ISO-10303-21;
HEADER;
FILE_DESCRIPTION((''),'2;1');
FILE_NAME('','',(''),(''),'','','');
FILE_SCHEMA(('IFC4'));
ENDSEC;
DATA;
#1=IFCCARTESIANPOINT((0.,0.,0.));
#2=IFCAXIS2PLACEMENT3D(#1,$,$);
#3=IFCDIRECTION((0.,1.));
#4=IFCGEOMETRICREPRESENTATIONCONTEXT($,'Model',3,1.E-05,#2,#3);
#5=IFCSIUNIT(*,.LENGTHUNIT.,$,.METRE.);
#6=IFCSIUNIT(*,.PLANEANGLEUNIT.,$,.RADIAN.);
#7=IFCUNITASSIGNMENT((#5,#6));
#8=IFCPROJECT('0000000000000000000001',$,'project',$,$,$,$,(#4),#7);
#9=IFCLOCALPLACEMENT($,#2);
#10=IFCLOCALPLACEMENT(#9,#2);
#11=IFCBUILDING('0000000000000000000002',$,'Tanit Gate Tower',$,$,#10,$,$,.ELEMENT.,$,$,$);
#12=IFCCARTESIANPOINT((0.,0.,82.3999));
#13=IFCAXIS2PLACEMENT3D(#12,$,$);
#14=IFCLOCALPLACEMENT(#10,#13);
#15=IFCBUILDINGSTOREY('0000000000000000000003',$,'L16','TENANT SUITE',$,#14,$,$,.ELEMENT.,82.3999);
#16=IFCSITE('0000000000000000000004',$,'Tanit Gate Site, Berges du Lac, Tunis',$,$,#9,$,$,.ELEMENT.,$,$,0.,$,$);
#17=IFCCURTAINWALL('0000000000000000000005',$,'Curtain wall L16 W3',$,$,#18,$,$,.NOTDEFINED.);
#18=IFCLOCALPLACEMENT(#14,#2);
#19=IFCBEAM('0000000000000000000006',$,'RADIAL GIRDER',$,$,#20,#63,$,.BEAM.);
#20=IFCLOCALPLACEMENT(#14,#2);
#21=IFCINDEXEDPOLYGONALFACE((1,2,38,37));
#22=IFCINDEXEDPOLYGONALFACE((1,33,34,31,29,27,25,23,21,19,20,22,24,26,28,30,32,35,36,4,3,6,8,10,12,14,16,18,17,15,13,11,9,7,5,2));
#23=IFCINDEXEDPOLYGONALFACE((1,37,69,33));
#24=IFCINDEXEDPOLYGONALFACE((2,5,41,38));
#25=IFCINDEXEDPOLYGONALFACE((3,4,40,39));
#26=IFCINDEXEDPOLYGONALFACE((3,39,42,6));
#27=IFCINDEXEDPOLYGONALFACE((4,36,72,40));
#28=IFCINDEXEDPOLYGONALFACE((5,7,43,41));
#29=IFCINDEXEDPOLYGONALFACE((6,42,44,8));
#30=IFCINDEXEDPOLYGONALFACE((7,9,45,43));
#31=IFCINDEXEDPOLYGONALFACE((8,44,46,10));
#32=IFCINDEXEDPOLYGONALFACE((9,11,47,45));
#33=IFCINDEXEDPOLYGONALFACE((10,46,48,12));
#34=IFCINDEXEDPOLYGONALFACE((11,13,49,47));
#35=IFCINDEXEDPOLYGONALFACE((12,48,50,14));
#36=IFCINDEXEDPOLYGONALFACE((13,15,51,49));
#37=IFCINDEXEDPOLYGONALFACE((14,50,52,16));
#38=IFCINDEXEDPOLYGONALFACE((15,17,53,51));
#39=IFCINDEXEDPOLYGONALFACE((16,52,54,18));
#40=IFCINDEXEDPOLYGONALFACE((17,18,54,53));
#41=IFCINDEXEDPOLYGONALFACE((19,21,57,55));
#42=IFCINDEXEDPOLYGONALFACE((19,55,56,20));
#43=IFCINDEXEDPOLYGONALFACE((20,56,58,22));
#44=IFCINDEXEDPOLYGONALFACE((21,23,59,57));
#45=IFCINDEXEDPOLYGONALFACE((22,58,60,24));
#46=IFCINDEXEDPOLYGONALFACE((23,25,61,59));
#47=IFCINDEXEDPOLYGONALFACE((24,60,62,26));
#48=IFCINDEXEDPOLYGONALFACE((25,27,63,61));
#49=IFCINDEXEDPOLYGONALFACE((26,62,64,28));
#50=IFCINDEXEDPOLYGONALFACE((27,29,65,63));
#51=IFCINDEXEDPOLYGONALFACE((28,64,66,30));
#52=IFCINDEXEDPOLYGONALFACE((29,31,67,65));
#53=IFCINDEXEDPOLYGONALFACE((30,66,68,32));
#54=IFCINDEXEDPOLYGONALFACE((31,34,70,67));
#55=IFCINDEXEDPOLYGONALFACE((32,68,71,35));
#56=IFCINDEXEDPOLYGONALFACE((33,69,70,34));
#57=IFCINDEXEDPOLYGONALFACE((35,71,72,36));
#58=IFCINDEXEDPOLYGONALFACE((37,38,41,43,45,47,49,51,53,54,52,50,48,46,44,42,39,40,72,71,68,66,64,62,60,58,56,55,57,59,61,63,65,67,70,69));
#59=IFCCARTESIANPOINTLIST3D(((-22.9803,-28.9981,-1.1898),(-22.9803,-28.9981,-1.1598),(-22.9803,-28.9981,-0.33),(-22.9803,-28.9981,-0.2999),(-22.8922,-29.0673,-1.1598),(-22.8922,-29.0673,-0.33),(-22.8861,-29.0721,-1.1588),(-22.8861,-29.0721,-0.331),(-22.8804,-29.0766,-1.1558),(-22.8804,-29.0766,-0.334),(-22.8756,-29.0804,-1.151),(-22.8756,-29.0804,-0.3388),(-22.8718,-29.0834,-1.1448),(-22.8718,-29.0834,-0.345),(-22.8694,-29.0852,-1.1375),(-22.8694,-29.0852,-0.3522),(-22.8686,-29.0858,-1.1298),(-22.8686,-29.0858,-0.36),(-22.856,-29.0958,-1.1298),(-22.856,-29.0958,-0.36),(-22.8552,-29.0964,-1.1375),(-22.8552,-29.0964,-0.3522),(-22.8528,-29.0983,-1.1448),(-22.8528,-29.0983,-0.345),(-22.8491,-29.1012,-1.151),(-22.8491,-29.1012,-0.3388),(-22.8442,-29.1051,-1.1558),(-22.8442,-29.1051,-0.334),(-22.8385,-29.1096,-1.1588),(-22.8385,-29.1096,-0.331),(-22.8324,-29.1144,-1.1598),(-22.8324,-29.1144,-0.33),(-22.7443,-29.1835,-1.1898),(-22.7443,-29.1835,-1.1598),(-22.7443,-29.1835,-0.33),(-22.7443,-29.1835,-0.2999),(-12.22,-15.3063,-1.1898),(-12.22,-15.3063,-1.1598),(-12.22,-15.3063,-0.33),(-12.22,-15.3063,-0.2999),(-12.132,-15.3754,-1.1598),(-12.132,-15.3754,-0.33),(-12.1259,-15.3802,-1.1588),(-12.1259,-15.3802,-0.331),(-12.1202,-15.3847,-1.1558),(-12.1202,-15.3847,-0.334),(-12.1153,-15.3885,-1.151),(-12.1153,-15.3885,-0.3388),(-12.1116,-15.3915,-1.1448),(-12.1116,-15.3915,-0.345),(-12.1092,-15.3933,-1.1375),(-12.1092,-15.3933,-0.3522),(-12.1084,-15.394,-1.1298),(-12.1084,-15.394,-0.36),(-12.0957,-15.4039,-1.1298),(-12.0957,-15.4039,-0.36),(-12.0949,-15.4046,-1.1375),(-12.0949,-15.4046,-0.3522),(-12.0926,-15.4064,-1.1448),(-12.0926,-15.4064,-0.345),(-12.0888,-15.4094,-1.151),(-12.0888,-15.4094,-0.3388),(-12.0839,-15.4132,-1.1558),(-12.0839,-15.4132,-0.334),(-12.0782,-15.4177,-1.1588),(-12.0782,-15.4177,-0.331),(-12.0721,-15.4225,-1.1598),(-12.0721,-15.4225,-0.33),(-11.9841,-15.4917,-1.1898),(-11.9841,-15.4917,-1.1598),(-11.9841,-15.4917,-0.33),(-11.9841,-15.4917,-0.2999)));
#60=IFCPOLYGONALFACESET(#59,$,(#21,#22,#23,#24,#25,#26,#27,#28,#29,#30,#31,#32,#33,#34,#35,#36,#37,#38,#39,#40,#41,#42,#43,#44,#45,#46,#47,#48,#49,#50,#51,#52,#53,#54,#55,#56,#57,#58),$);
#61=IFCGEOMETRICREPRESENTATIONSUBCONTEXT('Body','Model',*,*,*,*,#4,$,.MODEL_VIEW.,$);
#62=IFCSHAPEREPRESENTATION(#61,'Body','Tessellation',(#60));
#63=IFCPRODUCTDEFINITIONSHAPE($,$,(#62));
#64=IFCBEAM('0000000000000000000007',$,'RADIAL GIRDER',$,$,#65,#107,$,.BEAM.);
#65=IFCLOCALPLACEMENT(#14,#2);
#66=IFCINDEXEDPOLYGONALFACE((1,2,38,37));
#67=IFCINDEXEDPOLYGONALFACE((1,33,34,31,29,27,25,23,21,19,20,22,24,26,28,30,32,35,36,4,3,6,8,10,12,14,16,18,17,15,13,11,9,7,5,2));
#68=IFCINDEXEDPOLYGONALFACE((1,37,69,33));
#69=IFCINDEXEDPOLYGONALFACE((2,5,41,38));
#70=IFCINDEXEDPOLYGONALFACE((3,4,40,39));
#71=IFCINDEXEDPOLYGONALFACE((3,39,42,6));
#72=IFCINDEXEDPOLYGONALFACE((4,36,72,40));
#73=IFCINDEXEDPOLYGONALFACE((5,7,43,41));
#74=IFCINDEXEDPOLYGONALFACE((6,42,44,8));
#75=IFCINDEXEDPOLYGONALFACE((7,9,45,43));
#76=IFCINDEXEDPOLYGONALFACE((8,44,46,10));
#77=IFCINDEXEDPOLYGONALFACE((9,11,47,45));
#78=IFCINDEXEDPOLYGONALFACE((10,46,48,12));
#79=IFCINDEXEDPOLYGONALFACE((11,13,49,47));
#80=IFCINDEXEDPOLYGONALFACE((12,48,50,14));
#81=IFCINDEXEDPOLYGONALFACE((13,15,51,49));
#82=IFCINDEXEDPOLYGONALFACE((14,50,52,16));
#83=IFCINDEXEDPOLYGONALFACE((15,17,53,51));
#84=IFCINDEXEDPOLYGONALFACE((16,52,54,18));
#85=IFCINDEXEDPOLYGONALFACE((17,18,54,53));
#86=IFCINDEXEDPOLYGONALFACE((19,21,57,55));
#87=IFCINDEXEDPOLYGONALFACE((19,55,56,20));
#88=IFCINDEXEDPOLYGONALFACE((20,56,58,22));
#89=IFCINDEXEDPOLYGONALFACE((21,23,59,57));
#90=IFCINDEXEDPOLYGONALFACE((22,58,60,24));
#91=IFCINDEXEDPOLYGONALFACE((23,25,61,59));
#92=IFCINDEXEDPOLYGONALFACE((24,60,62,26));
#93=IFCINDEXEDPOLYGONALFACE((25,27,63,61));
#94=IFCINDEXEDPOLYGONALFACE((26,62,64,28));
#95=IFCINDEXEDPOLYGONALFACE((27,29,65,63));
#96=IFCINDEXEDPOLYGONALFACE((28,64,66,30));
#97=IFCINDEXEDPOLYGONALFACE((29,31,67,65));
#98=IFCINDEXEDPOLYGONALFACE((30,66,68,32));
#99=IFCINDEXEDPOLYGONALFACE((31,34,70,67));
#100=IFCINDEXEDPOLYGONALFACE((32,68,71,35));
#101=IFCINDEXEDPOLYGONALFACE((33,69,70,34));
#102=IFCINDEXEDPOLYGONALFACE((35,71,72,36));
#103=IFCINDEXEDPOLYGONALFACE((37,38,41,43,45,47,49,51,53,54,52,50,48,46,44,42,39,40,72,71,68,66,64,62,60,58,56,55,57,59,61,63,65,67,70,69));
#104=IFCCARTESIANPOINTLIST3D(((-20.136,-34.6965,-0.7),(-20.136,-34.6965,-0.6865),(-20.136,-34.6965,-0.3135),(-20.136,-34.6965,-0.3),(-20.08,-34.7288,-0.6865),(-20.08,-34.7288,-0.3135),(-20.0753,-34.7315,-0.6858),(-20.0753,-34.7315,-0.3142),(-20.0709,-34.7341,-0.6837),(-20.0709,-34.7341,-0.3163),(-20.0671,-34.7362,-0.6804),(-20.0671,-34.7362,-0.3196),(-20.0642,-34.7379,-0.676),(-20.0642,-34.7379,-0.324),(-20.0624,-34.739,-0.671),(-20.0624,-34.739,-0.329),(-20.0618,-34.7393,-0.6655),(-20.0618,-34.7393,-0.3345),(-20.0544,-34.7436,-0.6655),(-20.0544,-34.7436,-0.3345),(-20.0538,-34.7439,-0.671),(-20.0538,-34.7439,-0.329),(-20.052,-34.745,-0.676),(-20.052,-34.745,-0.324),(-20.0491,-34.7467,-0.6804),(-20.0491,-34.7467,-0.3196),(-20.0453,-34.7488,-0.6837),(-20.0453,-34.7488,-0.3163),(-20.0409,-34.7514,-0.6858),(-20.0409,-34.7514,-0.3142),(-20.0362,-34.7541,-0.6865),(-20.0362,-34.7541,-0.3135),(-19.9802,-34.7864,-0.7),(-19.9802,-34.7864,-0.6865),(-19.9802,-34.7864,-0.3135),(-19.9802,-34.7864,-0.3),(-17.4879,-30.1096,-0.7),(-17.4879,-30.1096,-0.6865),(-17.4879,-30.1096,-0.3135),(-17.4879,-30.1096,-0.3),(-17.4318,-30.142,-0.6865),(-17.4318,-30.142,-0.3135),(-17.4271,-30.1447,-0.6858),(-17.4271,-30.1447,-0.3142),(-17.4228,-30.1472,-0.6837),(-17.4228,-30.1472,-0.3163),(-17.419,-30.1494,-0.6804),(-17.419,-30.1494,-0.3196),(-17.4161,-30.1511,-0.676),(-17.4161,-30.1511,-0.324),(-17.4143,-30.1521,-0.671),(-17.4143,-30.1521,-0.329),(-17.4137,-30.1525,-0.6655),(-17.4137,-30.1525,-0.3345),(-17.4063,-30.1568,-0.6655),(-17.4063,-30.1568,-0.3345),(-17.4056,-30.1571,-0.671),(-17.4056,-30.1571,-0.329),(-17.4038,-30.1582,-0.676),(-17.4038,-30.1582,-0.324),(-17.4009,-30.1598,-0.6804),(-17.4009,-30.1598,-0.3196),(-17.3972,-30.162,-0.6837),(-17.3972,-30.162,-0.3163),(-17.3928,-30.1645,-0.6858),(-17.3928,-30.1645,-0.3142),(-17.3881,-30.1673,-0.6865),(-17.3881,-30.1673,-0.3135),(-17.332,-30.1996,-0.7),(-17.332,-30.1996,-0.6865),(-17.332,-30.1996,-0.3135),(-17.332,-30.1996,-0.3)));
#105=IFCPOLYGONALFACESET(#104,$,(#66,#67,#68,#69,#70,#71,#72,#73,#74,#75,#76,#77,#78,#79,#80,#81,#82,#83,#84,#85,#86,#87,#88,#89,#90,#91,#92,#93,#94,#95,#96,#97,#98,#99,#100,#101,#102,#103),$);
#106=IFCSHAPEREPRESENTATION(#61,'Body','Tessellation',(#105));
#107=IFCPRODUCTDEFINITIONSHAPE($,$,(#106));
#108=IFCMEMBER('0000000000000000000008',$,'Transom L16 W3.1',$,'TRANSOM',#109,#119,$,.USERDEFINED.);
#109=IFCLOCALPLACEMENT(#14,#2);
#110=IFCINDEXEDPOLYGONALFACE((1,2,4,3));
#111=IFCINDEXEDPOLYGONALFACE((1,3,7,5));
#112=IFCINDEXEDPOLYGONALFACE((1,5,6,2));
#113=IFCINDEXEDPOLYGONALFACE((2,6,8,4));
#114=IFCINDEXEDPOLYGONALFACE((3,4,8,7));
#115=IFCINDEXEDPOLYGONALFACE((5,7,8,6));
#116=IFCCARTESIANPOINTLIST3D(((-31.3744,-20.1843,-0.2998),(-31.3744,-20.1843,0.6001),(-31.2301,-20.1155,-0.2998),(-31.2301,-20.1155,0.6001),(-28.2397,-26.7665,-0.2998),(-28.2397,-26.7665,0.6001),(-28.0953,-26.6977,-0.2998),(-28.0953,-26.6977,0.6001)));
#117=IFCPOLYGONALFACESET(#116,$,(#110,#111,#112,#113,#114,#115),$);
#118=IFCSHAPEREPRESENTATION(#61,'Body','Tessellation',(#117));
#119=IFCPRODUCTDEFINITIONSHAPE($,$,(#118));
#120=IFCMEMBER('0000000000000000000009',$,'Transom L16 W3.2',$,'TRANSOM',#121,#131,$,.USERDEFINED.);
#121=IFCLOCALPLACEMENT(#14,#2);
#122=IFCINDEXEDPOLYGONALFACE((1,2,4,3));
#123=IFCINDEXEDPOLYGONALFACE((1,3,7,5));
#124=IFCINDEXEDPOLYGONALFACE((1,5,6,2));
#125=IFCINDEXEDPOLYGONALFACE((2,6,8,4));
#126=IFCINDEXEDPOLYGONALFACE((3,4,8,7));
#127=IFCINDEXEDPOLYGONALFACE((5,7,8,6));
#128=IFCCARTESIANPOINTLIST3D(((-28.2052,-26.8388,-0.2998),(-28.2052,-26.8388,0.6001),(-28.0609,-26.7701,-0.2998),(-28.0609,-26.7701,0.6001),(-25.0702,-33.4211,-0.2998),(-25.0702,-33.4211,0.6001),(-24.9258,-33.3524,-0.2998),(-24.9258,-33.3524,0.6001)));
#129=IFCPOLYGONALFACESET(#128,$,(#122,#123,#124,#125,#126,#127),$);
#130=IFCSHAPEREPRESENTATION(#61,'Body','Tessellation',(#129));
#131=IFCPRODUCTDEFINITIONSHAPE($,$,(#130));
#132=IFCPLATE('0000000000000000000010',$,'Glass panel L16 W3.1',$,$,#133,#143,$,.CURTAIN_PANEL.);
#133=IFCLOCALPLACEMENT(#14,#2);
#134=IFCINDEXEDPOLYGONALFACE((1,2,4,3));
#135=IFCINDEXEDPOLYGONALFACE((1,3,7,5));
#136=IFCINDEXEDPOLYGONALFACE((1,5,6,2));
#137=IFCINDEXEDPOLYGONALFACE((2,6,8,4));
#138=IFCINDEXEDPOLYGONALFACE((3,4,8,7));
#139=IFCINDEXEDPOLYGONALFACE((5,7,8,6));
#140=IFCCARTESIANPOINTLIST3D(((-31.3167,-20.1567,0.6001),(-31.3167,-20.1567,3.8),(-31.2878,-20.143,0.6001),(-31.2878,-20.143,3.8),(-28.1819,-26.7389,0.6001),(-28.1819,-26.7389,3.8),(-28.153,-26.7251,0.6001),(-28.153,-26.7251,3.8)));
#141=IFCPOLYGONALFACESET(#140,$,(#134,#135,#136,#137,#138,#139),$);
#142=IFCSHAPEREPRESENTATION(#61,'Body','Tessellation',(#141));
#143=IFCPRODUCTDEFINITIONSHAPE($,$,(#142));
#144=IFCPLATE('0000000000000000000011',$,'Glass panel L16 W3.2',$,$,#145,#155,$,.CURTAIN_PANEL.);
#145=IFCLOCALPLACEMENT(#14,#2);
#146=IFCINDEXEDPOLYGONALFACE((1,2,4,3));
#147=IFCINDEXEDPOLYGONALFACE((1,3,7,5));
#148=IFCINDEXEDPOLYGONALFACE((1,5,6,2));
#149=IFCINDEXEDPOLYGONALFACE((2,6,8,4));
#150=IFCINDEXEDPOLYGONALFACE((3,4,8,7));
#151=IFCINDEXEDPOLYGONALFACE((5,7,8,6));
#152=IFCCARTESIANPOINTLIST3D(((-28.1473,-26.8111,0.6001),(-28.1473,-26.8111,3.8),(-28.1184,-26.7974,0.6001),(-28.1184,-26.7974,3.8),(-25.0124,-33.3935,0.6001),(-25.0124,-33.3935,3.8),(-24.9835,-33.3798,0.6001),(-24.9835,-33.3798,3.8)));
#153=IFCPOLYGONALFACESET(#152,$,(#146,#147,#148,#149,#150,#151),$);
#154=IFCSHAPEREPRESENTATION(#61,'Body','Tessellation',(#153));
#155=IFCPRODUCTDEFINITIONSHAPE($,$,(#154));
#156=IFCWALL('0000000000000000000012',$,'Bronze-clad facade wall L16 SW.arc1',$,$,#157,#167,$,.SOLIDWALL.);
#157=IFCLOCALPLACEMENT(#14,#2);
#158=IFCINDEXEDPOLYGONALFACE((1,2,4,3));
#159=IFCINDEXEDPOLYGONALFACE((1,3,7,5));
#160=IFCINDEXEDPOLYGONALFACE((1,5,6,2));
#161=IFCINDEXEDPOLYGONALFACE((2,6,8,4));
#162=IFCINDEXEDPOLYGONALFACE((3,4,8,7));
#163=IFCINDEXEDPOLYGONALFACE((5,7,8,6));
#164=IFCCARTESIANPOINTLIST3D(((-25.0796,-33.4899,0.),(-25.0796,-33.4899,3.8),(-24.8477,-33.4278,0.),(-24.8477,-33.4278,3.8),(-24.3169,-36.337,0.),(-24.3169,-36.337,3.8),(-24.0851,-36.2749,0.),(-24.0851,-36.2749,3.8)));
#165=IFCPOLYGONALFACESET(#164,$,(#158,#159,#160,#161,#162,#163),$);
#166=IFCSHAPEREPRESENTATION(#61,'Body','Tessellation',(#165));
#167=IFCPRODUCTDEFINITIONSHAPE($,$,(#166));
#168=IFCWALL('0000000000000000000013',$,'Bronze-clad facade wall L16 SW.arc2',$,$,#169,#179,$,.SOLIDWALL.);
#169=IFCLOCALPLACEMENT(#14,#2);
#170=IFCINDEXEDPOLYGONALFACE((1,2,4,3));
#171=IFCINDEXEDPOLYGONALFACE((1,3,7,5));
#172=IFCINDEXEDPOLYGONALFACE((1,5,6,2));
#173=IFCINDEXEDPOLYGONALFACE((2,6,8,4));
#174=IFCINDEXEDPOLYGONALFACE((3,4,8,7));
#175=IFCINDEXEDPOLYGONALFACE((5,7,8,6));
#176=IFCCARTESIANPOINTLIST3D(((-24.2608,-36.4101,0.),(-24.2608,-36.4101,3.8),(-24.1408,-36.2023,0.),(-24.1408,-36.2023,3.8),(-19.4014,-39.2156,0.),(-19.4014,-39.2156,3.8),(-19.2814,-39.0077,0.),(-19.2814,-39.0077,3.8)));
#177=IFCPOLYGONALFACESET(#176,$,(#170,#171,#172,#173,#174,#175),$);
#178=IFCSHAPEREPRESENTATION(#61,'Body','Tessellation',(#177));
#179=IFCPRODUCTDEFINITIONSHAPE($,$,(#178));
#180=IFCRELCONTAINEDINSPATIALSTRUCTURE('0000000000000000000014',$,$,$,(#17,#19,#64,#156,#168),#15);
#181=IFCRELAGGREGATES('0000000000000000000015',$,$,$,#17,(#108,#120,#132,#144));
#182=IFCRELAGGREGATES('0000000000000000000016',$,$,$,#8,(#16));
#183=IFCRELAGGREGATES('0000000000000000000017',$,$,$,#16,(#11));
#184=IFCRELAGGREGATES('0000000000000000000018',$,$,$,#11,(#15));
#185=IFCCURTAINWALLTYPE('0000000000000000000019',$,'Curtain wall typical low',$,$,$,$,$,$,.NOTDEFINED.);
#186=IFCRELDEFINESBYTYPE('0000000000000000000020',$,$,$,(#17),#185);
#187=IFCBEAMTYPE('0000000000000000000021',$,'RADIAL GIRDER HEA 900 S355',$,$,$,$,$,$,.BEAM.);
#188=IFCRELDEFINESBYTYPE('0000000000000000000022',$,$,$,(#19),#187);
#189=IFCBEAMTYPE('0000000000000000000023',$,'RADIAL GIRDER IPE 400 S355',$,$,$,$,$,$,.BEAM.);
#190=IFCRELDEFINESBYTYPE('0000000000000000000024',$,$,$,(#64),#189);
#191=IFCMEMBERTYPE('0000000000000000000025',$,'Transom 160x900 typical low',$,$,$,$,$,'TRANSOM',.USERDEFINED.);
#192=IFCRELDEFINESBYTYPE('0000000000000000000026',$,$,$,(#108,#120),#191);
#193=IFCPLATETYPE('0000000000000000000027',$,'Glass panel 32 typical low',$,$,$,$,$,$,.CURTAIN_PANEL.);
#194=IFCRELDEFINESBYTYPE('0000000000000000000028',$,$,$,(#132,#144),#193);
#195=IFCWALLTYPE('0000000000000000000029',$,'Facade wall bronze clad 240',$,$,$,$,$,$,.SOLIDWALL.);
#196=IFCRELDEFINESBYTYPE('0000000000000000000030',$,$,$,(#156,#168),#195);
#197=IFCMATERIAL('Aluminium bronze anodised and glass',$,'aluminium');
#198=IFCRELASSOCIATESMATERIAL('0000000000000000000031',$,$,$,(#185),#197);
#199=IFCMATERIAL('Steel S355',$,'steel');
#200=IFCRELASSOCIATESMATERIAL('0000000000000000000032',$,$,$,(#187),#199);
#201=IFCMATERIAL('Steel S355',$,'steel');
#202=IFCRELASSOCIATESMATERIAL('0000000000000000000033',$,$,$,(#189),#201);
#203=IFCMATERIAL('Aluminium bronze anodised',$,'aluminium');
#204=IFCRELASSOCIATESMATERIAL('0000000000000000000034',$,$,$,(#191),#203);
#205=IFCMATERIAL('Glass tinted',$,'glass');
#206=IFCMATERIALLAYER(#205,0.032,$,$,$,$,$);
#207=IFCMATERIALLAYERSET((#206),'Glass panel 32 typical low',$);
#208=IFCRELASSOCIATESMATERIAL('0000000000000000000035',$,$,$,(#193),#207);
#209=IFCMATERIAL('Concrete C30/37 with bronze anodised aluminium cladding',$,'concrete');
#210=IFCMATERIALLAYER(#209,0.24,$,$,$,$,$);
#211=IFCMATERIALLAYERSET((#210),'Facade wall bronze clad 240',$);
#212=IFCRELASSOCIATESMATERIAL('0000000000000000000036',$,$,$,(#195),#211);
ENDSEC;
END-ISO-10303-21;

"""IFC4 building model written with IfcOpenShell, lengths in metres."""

from ifc_helpers import new_model, si_unit, direction, frame, frame_2d, origin, origin_2d, place, context, subcontext, project, spatial, rectangle, i_section, extrude, material, layer, layer_set, material_profile, profile_set, type_object, element, aggregate, save


model = new_model("IFC4")

# Units and contexts
model_context = context("Model", 3, precision=1e-05, world=origin(), true_north=direction((0.0, 1.0)))
body_context = subcontext(model_context, "Body", "Model", "MODEL_VIEW")
ifc_project = project(units=[si_unit("LENGTHUNIT", "METRE"), si_unit("PLANEANGLEUNIT", "RADIAN")], contexts=[model_context])

# Site, building, storey
site_placement = place(None, origin())
site = spatial("IfcSite", under=ifc_project, at=site_placement, Name="Tanit Gate Site, Berges du Lac, Tunis", CompositionType="ELEMENT", RefElevation=0.0)
building_placement = place(site_placement, origin())
building = spatial("IfcBuilding", under=site, at=building_placement, Name="Tanit Gate Tower", CompositionType="ELEMENT")
storey_placement = place(building_placement, frame((0.0, 0.0, 82.3999)))
storey = spatial("IfcBuildingStorey", under=building, at=storey_placement, Name="L16", Description="TENANT SUITE", CompositionType="ELEMENT", Elevation=82.3999)

# Curtain wall
ifc_material_1 = material(Name="Aluminium bronze anodised and glass", Category="aluminium")
curtain_wall_type = type_object("IfcCurtainWallType", Name="Curtain wall typical low", PredefinedType="NOTDEFINED", material=ifc_material_1)
curtain_wall_1_placement = place(storey_placement, origin())
curtain_wall_1 = element("IfcCurtainWall", 1, at=curtain_wall_1_placement, inside=storey, type_object=curtain_wall_type, Name="Curtain wall L16 W3", PredefinedType="NOTDEFINED")

# Beams
ifc_material_2 = material(Name="Steel S355", Category="steel")
ifc_material_profile_1 = material_profile(ifc_material_2, i_section(OverallWidth=0.3, OverallDepth=0.8899, WebThickness=0.0161, FlangeThickness=0.03, FilletRadius=0.03, at=origin_2d()), Name="HEA 900")
ifc_profile_set_1 = profile_set([ifc_material_profile_1], Name="Steel S355")
beam_type_1 = type_object("IfcBeamType", Name="RADIAL GIRDER HEA 900 S355", PredefinedType="BEAM", material=ifc_profile_set_1)
beam_1_placement = place(storey_placement, frame((-22.8623, -29.0908, -0.7449), z_axis=(0.617905, 0.786253, 0.0), x_axis=(-0.786253, 0.617905, 0.0)))
element("IfcBeam", 2, at=beam_1_placement, inside=storey, type_object=beam_type_1, Name="RADIAL GIRDER", PredefinedType="BEAM", context=body_context, shape_type="SweptSolid", body=[
    extrude(i_section(OverallWidth=0.3, OverallDepth=0.8899, WebThickness=0.0161, FlangeThickness=0.03, FilletRadius=0.03, at=origin_2d()), origin(), (0.0, 0.0, 1.0), 17.4141),
])
ifc_material_3 = material(Name="Steel S355", Category="steel")
ifc_material_profile_2 = material_profile(ifc_material_3, i_section(OverallWidth=0.1799, OverallDepth=0.3999, WebThickness=0.0085, FlangeThickness=0.0134, FilletRadius=0.021, at=origin_2d()), Name="IPE 400")
ifc_profile_set_2 = profile_set([ifc_material_profile_2], Name="Steel S355")
beam_type_2 = type_object("IfcBeamType", Name="RADIAL GIRDER IPE 400 S355", PredefinedType="BEAM", material=ifc_profile_set_2)
beam_2_placement = place(storey_placement, frame((-20.0581, -34.7415, -0.5), z_axis=(0.499991, 0.866031, 0.0), x_axis=(-0.866031, 0.499991, 0.0)))
element("IfcBeam", 3, at=beam_2_placement, inside=storey, type_object=beam_type_2, Name="RADIAL GIRDER", PredefinedType="BEAM", context=body_context, shape_type="SweptSolid", body=[
    extrude(i_section(OverallWidth=0.1799, OverallDepth=0.3999, WebThickness=0.0085, FlangeThickness=0.0134, FilletRadius=0.021, at=origin_2d()), origin(), (0.0, 0.0, 1.0), 5.2964),
])

# Members
ifc_material_4 = material(Name="Aluminium bronze anodised", Category="aluminium")
ifc_material_profile_3 = material_profile(ifc_material_4, rectangle(XDim=0.1599, YDim=0.8999, at=origin_2d()), Name="160x900 bronze transom")
ifc_profile_set_3 = profile_set([ifc_material_profile_3], Name="Aluminium bronze anodised")
member_type_1 = type_object("IfcMemberType", Name="Transom 160x900 typical low", ElementType="TRANSOM", PredefinedType="USERDEFINED", material=ifc_profile_set_3)
member_1_placement = place(storey_placement, frame((-31.3022, -20.1499, 0.1501), z_axis=(0.429973, -0.902842, 0.0), x_axis=(0.902842, 0.429973, 0.0)))
member_1 = element("IfcMember", 4, at=member_1_placement, type_object=member_type_1, Name="Transom L16 W3.1", ObjectType="TRANSOM", PredefinedType="USERDEFINED", context=body_context, shape_type="SweptSolid", body=[
    extrude(rectangle(XDim=0.1599, YDim=0.8999, at=origin_2d()), origin(), (0.0, 0.0, 1.0), 7.2905),
])
member_2_placement = place(storey_placement, frame((-28.1331, -26.8044, 0.1501), z_axis=(0.43, -0.902829, 0.0), x_axis=(0.902829, 0.43, 0.0)))
member_2 = element("IfcMember", 5, at=member_2_placement, type_object=member_type_1, Name="Transom L16 W3.2", ObjectType="TRANSOM", PredefinedType="USERDEFINED", context=body_context, shape_type="SweptSolid", body=[
    extrude(rectangle(XDim=0.1599, YDim=0.8999, at=origin_2d()), origin(), (0.0, 0.0, 1.0), 7.2908),
])

# Plates
ifc_material_5 = material(Name="Glass tinted", Category="glass")
ifc_layer_1 = layer(ifc_material_5, 0.032)
ifc_layer_set_1 = layer_set([ifc_layer_1], Name="Glass panel 32 typical low")
plate_type = type_object("IfcPlateType", Name="Glass panel 32 typical low", PredefinedType="CURTAIN_PANEL", material=ifc_layer_set_1)
plate_1_placement = place(storey_placement, frame((-29.7349, -23.4409, 0.6001), z_axis=(0.0, 0.0, 1.0), x_axis=(0.429981, -0.902838, 0.0)))
plate_1 = element("IfcPlate", 6, at=plate_1_placement, type_object=plate_type, Name="Glass panel L16 W3.1", PredefinedType="CURTAIN_PANEL", context=body_context, shape_type="SweptSolid", body=[
    extrude(rectangle(XDim=7.2905, YDim=0.032, at=origin_2d()), origin(), (0.0, 0.0, 1.0), 3.2),
])
plate_2_placement = place(storey_placement, frame((-26.5654, -30.0955, 0.6001), z_axis=(0.0, 0.0, 1.0), x_axis=(0.429981, -0.902838, 0.0)))
plate_2 = element("IfcPlate", 7, at=plate_2_placement, type_object=plate_type, Name="Glass panel L16 W3.2", PredefinedType="CURTAIN_PANEL", context=body_context, shape_type="SweptSolid", body=[
    extrude(rectangle(XDim=7.2908, YDim=0.032, at=origin_2d()), origin(), (0.0, 0.0, 1.0), 3.2),
])
aggregate(curtain_wall_1, [member_1, member_2, plate_1, plate_2])

# Walls
ifc_material_6 = material(Name="Concrete C30/37 with bronze anodised aluminium cladding", Category="concrete")
ifc_layer_2 = layer(ifc_material_6, 0.24)
ifc_layer_set_2 = layer_set([ifc_layer_2], Name="Facade wall bronze clad 240")
wall_type_1 = type_object("IfcWallType", Name="Facade wall bronze clad 240", PredefinedType="SOLIDWALL", material=ifc_layer_set_2)
wall_1_placement = place(storey_placement, frame((-24.9636, -33.459, 0.0), z_axis=(0.0, 0.0, 1.0), x_axis=(0.258755, -0.965943, 0.0)))
element("IfcWall", 8, at=wall_1_placement, inside=storey, type_object=wall_type_1, Name="Bronze-clad facade wall L16 SW.arc1", PredefinedType="SOLIDWALL", context=body_context, shape_type="SweptSolid", body=[
    extrude(rectangle(XDim=2.9475, YDim=0.24, at=frame_2d((1.4736, 0.0))), origin(), (0.0, 0.0, 1.0), 3.8),
])
wall_2_placement = place(storey_placement, frame((-24.2009, -36.3062, 0.0), z_axis=(0.0, 0.0, 1.0), x_axis=(0.866036, -0.499981, 0.0)))
element("IfcWall", 9, at=wall_2_placement, inside=storey, type_object=wall_type_1, Name="Bronze-clad facade wall L16 SW.arc2", PredefinedType="SOLIDWALL", context=body_context, shape_type="SweptSolid", body=[
    extrude(rectangle(XDim=5.6111, YDim=0.24, at=frame_2d((2.8057, 0.0))), origin(), (0.0, 0.0, 1.0), 3.8),
])

save(model, "model.ifc")
